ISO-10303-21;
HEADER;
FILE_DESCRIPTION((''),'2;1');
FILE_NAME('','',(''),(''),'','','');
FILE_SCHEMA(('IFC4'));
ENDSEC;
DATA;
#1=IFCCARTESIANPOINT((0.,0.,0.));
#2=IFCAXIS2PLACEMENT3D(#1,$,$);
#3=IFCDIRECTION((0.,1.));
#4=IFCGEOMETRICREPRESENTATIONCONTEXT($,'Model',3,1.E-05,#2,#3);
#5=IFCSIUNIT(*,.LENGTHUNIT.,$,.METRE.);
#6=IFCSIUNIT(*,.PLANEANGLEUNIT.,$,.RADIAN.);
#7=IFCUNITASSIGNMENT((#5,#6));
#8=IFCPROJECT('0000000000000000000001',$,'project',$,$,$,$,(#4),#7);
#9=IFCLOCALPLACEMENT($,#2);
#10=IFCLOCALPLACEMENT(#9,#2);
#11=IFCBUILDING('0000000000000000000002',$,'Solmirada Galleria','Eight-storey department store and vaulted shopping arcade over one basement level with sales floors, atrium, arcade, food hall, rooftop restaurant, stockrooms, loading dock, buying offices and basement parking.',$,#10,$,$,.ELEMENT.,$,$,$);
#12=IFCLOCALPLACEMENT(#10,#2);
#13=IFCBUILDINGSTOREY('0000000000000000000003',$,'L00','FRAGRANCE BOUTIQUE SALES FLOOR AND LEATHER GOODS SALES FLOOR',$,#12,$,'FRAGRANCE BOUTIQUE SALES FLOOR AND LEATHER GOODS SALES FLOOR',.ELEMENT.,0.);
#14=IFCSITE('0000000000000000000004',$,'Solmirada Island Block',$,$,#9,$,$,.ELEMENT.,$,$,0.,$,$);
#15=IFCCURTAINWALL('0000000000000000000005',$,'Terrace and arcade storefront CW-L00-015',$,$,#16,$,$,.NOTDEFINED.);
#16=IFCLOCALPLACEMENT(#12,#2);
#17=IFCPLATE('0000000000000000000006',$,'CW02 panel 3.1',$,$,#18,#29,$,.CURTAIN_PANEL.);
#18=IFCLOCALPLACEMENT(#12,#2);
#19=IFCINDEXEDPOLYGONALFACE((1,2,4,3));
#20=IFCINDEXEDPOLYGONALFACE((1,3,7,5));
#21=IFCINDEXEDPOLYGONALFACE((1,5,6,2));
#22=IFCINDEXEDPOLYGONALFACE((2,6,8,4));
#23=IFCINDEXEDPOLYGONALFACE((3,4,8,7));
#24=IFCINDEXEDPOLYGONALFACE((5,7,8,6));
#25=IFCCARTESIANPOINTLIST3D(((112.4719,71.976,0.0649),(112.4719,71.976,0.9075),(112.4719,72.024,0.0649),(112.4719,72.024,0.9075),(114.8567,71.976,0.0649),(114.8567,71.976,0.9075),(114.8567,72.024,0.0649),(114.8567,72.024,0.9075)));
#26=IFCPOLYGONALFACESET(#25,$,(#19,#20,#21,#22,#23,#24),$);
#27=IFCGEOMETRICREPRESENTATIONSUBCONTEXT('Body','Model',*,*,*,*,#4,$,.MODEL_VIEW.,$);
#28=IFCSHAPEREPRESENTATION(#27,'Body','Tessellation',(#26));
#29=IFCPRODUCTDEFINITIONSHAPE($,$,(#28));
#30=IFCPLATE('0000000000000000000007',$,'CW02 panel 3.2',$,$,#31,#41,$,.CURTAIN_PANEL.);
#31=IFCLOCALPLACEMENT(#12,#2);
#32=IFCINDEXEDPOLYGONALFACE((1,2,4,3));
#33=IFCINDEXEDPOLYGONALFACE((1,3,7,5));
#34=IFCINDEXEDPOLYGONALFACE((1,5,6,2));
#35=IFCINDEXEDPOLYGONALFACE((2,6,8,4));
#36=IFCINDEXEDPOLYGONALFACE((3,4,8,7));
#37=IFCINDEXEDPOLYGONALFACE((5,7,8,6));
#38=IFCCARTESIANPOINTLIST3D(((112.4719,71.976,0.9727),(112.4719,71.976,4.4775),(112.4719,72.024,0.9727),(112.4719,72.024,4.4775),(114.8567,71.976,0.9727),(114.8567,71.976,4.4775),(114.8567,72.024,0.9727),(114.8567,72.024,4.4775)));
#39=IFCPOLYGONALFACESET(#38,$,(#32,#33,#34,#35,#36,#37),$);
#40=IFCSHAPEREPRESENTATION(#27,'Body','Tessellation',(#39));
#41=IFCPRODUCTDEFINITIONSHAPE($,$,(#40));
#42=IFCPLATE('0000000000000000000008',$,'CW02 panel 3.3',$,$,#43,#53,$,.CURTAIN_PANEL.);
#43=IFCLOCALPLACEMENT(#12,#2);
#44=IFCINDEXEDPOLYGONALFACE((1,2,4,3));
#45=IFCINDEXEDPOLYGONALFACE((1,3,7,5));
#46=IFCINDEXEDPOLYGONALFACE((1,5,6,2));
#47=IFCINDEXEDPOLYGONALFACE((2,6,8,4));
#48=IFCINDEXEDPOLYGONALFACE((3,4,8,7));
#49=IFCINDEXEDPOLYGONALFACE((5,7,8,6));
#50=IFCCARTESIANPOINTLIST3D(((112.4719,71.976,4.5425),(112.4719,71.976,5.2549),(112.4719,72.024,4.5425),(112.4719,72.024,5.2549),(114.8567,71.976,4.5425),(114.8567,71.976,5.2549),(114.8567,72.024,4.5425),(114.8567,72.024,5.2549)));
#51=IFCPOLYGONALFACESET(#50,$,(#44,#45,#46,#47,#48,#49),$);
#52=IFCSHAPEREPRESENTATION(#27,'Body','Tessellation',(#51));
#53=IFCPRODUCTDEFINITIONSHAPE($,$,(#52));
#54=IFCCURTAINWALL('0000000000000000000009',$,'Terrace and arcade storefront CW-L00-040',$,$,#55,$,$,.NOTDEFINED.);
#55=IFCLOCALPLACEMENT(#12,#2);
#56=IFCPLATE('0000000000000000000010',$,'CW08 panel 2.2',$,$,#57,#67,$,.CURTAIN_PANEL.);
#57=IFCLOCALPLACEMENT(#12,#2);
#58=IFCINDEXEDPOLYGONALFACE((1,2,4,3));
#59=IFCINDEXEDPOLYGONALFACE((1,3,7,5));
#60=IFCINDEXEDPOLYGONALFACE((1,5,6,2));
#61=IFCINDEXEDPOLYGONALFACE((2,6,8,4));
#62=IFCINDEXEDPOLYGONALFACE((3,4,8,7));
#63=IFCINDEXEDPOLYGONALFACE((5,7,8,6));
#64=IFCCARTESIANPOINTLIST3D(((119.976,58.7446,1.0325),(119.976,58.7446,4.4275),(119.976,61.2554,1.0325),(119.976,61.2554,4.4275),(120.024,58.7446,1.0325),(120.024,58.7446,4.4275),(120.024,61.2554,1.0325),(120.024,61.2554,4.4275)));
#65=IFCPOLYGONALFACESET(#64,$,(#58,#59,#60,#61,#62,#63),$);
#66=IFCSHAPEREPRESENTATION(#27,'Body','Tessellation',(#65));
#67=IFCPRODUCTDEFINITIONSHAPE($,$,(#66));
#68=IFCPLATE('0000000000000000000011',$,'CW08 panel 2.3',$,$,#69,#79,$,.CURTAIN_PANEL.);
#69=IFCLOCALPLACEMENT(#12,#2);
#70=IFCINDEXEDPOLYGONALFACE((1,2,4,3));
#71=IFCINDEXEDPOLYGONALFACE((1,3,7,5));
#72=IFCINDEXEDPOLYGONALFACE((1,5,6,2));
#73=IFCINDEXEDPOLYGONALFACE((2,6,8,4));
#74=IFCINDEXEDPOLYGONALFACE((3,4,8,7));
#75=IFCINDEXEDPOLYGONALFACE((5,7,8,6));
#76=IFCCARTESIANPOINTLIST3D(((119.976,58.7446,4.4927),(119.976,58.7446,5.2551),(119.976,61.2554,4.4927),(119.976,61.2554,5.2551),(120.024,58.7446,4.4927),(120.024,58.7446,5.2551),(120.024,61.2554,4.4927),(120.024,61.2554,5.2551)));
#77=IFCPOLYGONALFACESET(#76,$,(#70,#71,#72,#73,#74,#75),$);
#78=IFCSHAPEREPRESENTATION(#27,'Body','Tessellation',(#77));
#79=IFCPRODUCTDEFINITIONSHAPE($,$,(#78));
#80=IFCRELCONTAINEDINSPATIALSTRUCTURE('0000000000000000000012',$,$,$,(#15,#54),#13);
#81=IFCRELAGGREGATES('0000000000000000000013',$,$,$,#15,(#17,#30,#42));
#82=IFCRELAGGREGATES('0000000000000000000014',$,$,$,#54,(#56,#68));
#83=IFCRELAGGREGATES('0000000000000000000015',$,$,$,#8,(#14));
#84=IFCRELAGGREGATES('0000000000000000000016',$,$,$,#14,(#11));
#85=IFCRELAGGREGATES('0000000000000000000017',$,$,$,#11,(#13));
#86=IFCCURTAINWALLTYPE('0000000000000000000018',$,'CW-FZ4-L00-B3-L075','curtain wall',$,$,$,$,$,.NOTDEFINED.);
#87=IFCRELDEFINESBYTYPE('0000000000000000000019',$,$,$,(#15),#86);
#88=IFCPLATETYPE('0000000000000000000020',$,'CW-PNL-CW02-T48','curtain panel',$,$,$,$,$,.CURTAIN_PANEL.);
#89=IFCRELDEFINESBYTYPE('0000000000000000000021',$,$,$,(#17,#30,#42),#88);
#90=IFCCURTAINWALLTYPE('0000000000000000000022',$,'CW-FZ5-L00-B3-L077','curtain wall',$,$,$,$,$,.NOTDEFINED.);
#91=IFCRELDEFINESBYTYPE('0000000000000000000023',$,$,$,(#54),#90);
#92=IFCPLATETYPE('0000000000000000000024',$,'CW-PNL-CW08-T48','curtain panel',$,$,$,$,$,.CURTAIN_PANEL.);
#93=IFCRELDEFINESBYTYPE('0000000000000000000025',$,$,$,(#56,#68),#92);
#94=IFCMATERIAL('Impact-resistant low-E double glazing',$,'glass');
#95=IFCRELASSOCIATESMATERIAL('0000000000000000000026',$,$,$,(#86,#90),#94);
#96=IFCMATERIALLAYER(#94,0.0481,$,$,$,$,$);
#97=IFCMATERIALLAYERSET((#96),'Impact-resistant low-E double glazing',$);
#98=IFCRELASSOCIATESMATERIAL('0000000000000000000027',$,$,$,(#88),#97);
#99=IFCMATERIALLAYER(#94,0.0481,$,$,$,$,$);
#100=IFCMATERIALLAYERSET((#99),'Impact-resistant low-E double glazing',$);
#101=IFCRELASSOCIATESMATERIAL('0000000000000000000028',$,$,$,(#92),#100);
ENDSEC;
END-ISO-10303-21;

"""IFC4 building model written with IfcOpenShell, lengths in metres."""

from ifc_helpers import new_model, si_unit, direction, frame, origin, origin_2d, place, context, subcontext, project, spatial, rectangle, extrude, material, layer, layer_set, type_object, element, aggregate, save


model = new_model("IFC4")

# Units and contexts
model_context = context("Model", 3, precision=1e-05, world=origin(), true_north=direction((0.0, 1.0)))
body_context = subcontext(model_context, "Body", "Model", "MODEL_VIEW")
ifc_project = project(units=[si_unit("LENGTHUNIT", "METRE"), si_unit("PLANEANGLEUNIT", "RADIAN")], contexts=[model_context])

# Site, building, storey
site_placement = place(None, origin())
site = spatial("IfcSite", under=ifc_project, at=site_placement, Name="Solmirada Island Block", CompositionType="ELEMENT", RefElevation=0.0)
building_placement = place(site_placement, origin())
building = spatial("IfcBuilding", under=site, at=building_placement, Name="Solmirada Galleria", Description="Eight-storey department store and vaulted shopping arcade over one basement level with sales floors, atrium, arcade, food hall, rooftop restaurant, stockrooms, loading dock, buying offices and basement parking.", CompositionType="ELEMENT")
storey_placement = place(building_placement, origin())
storey = spatial("IfcBuildingStorey", under=building, at=storey_placement, Name="L00", Description="FRAGRANCE BOUTIQUE SALES FLOOR AND LEATHER GOODS SALES FLOOR", LongName="FRAGRANCE BOUTIQUE SALES FLOOR AND LEATHER GOODS SALES FLOOR", CompositionType="ELEMENT", Elevation=0.0)

# Curtain wall
ifc_material_1 = material(Name="Impact-resistant low-E double glazing", Category="glass")
curtain_wall_type_1 = type_object("IfcCurtainWallType", Name="CW-FZ4-L00-B3-L075", Description="curtain wall", PredefinedType="NOTDEFINED", material=ifc_material_1)
curtain_wall_1_placement = place(storey_placement, origin())
curtain_wall_1 = element("IfcCurtainWall", 1, at=curtain_wall_1_placement, inside=storey, type_object=curtain_wall_type_1, Name="Terrace and arcade storefront CW-L00-015", PredefinedType="NOTDEFINED")

# Plates
ifc_layer_1 = layer(ifc_material_1, 0.0481)
ifc_layer_set_1 = layer_set([ifc_layer_1], Name="Impact-resistant low-E double glazing")
plate_type_1 = type_object("IfcPlateType", Name="CW-PNL-CW02-T48", Description="curtain panel", PredefinedType="CURTAIN_PANEL", material=ifc_layer_set_1)
plate_1_placement = place(storey_placement, frame((113.6643, 72.0, 0.0649), z_axis=(0.0, 0.0, 1.0), x_axis=(-1.0, 0.0, 0.0)))
plate_1 = element("IfcPlate", 2, at=plate_1_placement, type_object=plate_type_1, Name="CW02 panel 3.1", PredefinedType="CURTAIN_PANEL", context=body_context, shape_type="SweptSolid", body=[
    extrude(rectangle(XDim=2.3848, YDim=0.0481, at=origin_2d()), origin(), (0.0, 0.0, 1.0), 0.8425),
])
plate_2_placement = place(storey_placement, frame((113.6643, 72.0, 0.9727), z_axis=(0.0, 0.0, 1.0), x_axis=(-1.0, 0.0, 0.0)))
plate_2 = element("IfcPlate", 3, at=plate_2_placement, type_object=plate_type_1, Name="CW02 panel 3.2", PredefinedType="CURTAIN_PANEL", context=body_context, shape_type="SweptSolid", body=[
    extrude(rectangle(XDim=2.3848, YDim=0.0481, at=origin_2d()), origin(), (0.0, 0.0, 1.0), 3.5049),
])
plate_3_placement = place(storey_placement, frame((113.6643, 72.0, 4.5425), z_axis=(0.0, 0.0, 1.0), x_axis=(-1.0, 0.0, 0.0)))
plate_3 = element("IfcPlate", 4, at=plate_3_placement, type_object=plate_type_1, Name="CW02 panel 3.3", PredefinedType="CURTAIN_PANEL", context=body_context, shape_type="SweptSolid", body=[
    extrude(rectangle(XDim=2.3848, YDim=0.0481, at=origin_2d()), origin(), (0.0, 0.0, 1.0), 0.7124),
])
aggregate(curtain_wall_1, [plate_1, plate_2, plate_3])

# Curtain wall, plates
curtain_wall_type_2 = type_object("IfcCurtainWallType", Name="CW-FZ5-L00-B3-L077", Description="curtain wall", PredefinedType="NOTDEFINED", material=ifc_material_1)
curtain_wall_2_placement = place(storey_placement, origin())
curtain_wall_2 = element("IfcCurtainWall", 5, at=curtain_wall_2_placement, inside=storey, type_object=curtain_wall_type_2, Name="Terrace and arcade storefront CW-L00-040", PredefinedType="NOTDEFINED")
ifc_layer_2 = layer(ifc_material_1, 0.0481)
ifc_layer_set_2 = layer_set([ifc_layer_2], Name="Impact-resistant low-E double glazing")
plate_type_2 = type_object("IfcPlateType", Name="CW-PNL-CW08-T48", Description="curtain panel", PredefinedType="CURTAIN_PANEL", material=ifc_layer_set_2)
plate_4_placement = place(storey_placement, frame((120.0, 60.0, 1.0325), z_axis=(0.0, 0.0, 1.0), x_axis=(0.0, 1.0, 0.0)))
plate_4 = element("IfcPlate", 6, at=plate_4_placement, type_object=plate_type_2, Name="CW08 panel 2.2", PredefinedType="CURTAIN_PANEL", context=body_context, shape_type="SweptSolid", body=[
    extrude(rectangle(XDim=2.5107, YDim=0.0481, at=origin_2d()), origin(), (0.0, 0.0, 1.0), 3.395),
])
plate_5_placement = place(storey_placement, frame((120.0, 60.0, 4.4927), z_axis=(0.0, 0.0, 1.0), x_axis=(0.0, 1.0, 0.0)))
plate_5 = element("IfcPlate", 7, at=plate_5_placement, type_object=plate_type_2, Name="CW08 panel 2.3", PredefinedType="CURTAIN_PANEL", context=body_context, shape_type="SweptSolid", body=[
    extrude(rectangle(XDim=2.5107, YDim=0.0481, at=origin_2d()), origin(), (0.0, 0.0, 1.0), 0.7625),
])
aggregate(curtain_wall_2, [plate_4, plate_5])

save(model, "model.ifc")
